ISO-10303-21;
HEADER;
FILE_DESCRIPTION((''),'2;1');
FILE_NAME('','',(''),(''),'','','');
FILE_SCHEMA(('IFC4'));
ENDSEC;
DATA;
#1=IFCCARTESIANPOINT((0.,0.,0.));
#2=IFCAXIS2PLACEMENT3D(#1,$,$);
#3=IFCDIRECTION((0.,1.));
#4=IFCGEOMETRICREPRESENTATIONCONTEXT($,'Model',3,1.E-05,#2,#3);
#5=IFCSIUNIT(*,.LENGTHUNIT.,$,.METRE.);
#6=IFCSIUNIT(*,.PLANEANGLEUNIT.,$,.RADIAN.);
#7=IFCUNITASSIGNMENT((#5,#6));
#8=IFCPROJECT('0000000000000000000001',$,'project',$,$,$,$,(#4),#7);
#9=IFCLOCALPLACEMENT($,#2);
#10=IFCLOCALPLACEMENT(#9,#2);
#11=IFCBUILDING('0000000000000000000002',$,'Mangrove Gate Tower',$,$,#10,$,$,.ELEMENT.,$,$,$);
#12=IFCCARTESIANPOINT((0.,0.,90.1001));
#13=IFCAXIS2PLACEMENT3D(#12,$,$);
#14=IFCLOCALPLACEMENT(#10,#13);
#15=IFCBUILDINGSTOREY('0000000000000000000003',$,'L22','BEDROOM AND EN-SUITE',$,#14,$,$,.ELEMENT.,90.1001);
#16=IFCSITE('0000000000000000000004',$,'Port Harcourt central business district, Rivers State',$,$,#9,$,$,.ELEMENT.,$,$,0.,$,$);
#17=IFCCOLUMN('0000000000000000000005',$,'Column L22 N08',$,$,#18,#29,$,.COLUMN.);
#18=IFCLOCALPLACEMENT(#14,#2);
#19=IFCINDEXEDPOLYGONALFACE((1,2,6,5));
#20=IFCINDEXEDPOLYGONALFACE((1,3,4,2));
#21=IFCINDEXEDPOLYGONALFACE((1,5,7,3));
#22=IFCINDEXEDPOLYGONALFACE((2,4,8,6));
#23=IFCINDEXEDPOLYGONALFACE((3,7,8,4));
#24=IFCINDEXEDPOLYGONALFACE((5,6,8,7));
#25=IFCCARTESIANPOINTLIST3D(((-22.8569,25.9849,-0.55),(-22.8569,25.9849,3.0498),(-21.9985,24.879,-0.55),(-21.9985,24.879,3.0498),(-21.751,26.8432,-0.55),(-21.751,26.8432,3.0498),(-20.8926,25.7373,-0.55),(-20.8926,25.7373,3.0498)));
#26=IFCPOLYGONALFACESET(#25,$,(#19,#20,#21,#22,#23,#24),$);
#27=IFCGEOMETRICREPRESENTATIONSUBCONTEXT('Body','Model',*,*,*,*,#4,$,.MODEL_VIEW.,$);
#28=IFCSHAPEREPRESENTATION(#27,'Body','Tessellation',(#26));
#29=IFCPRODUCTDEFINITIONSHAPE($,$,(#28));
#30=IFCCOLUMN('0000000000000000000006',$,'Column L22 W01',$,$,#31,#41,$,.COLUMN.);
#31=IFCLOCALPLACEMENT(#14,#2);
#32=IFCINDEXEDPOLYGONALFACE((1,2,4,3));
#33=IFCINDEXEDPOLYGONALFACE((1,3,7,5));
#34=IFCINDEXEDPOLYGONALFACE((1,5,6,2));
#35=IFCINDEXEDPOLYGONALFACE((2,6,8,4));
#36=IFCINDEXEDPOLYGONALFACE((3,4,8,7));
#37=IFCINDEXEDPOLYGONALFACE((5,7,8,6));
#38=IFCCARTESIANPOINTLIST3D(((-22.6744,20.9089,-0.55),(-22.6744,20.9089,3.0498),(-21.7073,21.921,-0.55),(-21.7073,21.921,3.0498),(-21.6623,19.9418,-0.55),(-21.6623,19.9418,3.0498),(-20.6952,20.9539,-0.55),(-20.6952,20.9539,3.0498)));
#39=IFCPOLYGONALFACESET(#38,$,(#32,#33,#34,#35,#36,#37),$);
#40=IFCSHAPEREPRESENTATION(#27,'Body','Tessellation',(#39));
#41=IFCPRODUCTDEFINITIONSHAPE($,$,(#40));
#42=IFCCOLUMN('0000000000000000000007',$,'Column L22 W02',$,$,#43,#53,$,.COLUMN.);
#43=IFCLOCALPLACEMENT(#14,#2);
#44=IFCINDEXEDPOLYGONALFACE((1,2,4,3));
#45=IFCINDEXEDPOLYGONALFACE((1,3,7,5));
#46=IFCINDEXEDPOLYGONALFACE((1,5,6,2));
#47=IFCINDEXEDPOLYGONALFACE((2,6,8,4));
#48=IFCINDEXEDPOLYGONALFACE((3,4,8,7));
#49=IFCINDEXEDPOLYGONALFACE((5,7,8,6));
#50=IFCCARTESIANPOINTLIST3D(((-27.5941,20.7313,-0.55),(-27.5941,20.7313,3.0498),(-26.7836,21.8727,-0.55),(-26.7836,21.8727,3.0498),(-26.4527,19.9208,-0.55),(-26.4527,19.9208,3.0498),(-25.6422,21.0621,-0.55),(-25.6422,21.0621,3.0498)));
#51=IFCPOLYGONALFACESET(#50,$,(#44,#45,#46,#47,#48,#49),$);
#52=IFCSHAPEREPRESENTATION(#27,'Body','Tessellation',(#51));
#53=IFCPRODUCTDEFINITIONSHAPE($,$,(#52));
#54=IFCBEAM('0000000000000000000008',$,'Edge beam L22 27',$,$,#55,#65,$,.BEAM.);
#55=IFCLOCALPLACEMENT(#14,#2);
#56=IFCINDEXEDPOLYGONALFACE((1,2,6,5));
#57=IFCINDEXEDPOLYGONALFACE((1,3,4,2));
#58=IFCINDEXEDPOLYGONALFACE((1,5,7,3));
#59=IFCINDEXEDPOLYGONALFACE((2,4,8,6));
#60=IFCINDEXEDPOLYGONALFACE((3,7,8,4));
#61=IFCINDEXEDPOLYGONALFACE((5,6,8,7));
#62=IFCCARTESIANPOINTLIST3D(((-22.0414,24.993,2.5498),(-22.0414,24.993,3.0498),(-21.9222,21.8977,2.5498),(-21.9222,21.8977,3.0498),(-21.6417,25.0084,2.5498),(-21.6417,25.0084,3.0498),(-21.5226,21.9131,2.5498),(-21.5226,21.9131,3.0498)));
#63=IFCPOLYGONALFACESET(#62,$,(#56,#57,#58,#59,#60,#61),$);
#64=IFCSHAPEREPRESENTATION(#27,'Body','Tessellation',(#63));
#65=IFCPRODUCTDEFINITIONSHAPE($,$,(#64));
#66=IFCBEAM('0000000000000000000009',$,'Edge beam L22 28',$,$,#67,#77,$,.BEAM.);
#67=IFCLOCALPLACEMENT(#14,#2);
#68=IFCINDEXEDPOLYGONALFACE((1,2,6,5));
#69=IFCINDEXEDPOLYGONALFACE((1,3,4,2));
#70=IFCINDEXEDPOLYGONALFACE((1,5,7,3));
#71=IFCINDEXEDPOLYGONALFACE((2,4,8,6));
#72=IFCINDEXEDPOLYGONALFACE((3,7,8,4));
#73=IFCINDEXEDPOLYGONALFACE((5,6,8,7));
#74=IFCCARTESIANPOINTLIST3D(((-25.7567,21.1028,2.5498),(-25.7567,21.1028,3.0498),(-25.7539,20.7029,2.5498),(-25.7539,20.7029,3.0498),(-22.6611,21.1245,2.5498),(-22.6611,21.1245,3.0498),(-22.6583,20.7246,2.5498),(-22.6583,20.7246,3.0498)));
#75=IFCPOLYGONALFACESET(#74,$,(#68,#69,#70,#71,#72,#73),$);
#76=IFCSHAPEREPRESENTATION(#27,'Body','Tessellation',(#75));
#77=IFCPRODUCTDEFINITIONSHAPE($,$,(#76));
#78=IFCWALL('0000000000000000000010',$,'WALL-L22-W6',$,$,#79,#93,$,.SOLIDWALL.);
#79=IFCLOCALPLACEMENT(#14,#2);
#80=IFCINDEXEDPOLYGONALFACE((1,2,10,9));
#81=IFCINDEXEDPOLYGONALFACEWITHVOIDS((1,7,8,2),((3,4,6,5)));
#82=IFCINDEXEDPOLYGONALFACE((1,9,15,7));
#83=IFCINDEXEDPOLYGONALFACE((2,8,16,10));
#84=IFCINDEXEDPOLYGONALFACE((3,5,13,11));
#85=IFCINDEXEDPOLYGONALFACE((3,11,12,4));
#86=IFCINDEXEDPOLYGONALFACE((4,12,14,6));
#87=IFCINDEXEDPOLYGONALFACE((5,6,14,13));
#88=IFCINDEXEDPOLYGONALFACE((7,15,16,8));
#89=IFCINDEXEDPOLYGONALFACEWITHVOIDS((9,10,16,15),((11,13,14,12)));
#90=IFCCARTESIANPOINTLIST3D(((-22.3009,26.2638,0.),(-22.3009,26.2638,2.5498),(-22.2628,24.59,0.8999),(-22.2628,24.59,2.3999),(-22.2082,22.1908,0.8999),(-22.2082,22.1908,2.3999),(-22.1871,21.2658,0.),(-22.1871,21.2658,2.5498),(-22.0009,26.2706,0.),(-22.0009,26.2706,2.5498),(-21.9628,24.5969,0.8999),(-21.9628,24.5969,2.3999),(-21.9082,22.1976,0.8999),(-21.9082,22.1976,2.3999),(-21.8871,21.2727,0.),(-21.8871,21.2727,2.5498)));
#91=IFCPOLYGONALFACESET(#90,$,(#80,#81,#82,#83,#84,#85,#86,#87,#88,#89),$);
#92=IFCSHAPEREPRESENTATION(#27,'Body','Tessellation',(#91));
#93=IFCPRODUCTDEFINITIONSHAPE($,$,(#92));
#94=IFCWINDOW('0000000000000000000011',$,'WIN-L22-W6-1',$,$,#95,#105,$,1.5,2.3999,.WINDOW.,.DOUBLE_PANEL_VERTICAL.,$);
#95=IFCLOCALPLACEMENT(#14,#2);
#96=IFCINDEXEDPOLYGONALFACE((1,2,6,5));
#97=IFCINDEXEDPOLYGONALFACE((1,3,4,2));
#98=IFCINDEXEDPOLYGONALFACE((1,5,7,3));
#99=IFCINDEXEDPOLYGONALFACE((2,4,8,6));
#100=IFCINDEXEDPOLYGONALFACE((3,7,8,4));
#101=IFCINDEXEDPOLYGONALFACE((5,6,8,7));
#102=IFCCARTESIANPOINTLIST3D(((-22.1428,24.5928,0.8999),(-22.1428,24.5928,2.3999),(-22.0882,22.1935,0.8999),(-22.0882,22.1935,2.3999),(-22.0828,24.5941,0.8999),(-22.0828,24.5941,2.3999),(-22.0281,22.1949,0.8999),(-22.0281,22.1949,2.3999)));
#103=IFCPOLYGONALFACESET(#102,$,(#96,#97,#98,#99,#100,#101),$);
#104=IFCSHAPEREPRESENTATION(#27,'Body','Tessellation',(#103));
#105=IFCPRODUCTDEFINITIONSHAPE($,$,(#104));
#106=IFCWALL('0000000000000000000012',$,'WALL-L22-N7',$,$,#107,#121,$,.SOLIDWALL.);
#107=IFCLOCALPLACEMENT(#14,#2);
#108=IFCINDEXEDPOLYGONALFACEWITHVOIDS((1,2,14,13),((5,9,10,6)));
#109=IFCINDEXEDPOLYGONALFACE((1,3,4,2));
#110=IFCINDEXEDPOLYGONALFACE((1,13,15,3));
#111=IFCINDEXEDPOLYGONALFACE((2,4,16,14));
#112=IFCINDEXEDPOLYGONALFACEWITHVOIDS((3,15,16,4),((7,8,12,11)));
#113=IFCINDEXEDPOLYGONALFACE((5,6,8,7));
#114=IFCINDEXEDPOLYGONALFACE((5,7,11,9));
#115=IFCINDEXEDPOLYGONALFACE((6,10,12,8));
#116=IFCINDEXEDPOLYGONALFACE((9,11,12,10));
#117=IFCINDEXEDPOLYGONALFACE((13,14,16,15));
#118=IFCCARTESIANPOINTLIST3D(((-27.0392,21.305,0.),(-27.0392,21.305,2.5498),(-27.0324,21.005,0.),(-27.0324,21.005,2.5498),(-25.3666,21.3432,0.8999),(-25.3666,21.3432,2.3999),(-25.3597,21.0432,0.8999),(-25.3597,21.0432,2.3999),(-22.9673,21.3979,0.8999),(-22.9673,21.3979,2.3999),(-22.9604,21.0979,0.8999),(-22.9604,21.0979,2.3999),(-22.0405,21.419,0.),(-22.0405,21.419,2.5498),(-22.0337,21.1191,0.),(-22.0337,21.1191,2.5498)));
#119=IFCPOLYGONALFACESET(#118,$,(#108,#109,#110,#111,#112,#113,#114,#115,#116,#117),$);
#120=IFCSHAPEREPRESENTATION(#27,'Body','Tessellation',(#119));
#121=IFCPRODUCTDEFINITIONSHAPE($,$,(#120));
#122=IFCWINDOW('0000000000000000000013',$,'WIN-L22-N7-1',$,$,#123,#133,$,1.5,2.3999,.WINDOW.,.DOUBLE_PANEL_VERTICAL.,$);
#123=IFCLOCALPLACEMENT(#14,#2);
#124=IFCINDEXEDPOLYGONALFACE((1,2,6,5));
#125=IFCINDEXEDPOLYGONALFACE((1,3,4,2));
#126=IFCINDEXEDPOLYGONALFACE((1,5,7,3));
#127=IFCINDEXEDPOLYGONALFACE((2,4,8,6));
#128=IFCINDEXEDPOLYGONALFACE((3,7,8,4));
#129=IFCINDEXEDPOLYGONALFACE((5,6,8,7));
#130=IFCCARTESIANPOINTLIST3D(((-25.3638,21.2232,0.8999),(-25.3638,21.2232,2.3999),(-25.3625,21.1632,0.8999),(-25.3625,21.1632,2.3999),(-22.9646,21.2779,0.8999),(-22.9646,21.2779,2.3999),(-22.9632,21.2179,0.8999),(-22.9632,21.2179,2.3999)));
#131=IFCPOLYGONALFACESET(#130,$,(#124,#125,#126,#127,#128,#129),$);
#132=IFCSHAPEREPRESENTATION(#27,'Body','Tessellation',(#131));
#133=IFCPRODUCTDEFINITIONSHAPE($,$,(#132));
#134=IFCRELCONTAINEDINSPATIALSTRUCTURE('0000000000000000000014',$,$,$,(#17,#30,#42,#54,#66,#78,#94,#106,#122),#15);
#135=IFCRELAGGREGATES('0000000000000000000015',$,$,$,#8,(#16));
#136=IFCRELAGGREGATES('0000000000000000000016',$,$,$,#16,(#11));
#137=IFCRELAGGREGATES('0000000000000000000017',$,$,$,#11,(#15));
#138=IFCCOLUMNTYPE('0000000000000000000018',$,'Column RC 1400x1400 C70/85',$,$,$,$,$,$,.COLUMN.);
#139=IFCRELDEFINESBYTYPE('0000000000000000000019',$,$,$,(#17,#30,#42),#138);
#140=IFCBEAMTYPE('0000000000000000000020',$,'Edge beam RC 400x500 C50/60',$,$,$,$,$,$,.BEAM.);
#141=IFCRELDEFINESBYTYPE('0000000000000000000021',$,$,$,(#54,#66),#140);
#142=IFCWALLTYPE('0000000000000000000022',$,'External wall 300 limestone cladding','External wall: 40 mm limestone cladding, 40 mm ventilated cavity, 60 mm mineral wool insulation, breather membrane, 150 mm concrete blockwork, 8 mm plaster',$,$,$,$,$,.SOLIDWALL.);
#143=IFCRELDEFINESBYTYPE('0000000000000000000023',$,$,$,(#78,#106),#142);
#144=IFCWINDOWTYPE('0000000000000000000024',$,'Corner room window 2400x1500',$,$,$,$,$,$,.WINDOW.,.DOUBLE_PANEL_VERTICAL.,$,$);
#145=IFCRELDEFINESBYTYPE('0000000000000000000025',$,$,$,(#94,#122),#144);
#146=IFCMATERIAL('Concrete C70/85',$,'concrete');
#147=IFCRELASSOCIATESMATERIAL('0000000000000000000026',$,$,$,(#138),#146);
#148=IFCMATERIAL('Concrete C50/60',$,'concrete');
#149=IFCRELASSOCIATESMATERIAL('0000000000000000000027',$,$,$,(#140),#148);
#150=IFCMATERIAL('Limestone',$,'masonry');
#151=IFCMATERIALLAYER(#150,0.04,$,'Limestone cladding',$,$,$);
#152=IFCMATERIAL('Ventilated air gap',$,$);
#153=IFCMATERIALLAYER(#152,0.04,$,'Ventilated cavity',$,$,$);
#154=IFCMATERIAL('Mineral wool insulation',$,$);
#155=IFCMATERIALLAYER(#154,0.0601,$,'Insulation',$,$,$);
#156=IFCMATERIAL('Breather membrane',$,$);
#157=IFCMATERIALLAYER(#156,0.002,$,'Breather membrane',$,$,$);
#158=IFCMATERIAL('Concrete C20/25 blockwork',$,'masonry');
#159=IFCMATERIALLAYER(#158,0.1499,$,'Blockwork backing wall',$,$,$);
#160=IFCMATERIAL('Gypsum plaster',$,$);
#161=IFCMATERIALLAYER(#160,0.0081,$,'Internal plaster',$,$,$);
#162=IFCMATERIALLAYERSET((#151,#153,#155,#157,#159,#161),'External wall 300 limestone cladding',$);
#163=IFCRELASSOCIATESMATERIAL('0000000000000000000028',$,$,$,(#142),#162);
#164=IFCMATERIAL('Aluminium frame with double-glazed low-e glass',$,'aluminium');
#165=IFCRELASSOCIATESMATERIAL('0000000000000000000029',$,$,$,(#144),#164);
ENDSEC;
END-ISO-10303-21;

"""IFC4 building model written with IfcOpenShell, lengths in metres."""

from ifc_helpers import new_model, si_unit, direction, frame, frame_2d, origin, origin_2d, place, context, subcontext, project, spatial, rectangle, extrude, material, layer, layer_set, material_profile, profile_set, type_object, element, fill, save


model = new_model("IFC4")

# Units and contexts
model_context = context("Model", 3, precision=1e-05, world=origin(), true_north=direction((0.0, 1.0)))
body_context = subcontext(model_context, "Body", "Model", "MODEL_VIEW")
ifc_project = project(units=[si_unit("LENGTHUNIT", "METRE"), si_unit("PLANEANGLEUNIT", "RADIAN")], contexts=[model_context])

# Site, building, storey
site_placement = place(None, origin())
site = spatial("IfcSite", under=ifc_project, at=site_placement, Name="Port Harcourt central business district, Rivers State", CompositionType="ELEMENT", RefElevation=0.0)
building_placement = place(site_placement, origin())
building = spatial("IfcBuilding", under=site, at=building_placement, Name="Mangrove Gate Tower", CompositionType="ELEMENT")
storey_placement = place(building_placement, frame((0.0, 0.0, 90.1001)))
storey = spatial("IfcBuildingStorey", under=building, at=storey_placement, Name="L22", Description="BEDROOM AND EN-SUITE", CompositionType="ELEMENT", Elevation=90.1001)

# Columns
ifc_material_1 = material(Name="Concrete C70/85", Category="concrete")
ifc_material_profile_1 = material_profile(ifc_material_1, rectangle(XDim=1.3999, YDim=1.3999, at=origin_2d()))
ifc_profile_set_1 = profile_set([ifc_material_profile_1], Name="Concrete C70/85")
column_type = type_object("IfcColumnType", Name="Column RC 1400x1400 C70/85", PredefinedType="COLUMN", material=ifc_profile_set_1)
for number, where, z_axis, x_axis, name in (
    (1, (-21.8748, 25.8611, -0.55), (0.0, 0.0, 1.0), (-0.78998, -0.613133, 0.0), "Column L22 N08"),
    (2, (-21.6848, 20.9314, -0.55), (0.0, 0.0, 1.0), (-0.690873, -0.722977, 0.0), "Column L22 W01"),
    (3, (-26.6182, 20.8967, -0.55), (0.0, 0.0, 1.0), (-0.578998, -0.815329, 0.0), "Column L22 W02"),
):
    element("IfcColumn", number, at=place(storey_placement, frame(where, z_axis=z_axis, x_axis=x_axis)), inside=storey, type_object=column_type, Name=name, PredefinedType="COLUMN", context=body_context, shape_type="SweptSolid", body=[
        extrude(rectangle(XDim=1.3999, YDim=1.3999, at=origin_2d()), origin(), (0.0, 0.0, 1.0), 3.5999),
    ])

# Beams
ifc_material_2 = material(Name="Concrete C50/60", Category="concrete")
ifc_material_profile_2 = material_profile(ifc_material_2, rectangle(XDim=0.3999, YDim=0.5, at=origin_2d()))
ifc_profile_set_2 = profile_set([ifc_material_profile_2], Name="Concrete C50/60")
beam_type = type_object("IfcBeamType", Name="Edge beam RC 400x500 C50/60", PredefinedType="BEAM", material=ifc_profile_set_2)
beam_1_placement = place(storey_placement, frame((-21.8416, 25.0007, 2.7998), z_axis=(0.03846, -0.99926, 0.0), x_axis=(0.99926, 0.03846, 0.0)))
element("IfcBeam", 4, at=beam_1_placement, inside=storey, type_object=beam_type, Name="Edge beam L22 27", PredefinedType="BEAM", context=body_context, shape_type="SweptSolid", body=[
    extrude(rectangle(XDim=0.3999, YDim=0.5, at=origin_2d()), origin(), (0.0, 0.0, 1.0), 3.0977),
])
beam_2_placement = place(storey_placement, frame((-22.6597, 20.9246, 2.7998), z_axis=(-0.999975, -0.007019, 0.0), x_axis=(0.007019, -0.999975, 0.0)))
element("IfcBeam", 5, at=beam_2_placement, inside=storey, type_object=beam_type, Name="Edge beam L22 28", PredefinedType="BEAM", context=body_context, shape_type="SweptSolid", body=[
    extrude(rectangle(XDim=0.3999, YDim=0.5, at=origin_2d()), origin(), (0.0, 0.0, 1.0), 3.0957),
])

# Walls, openings, windows
ifc_material_3 = material(Name="Limestone", Category="masonry")
ifc_layer_1 = layer(ifc_material_3, 0.04, Name="Limestone cladding")
ifc_material_4 = material(Name="Ventilated air gap")
ifc_layer_2 = layer(ifc_material_4, 0.04, Name="Ventilated cavity")
ifc_material_5 = material(Name="Mineral wool insulation")
ifc_layer_3 = layer(ifc_material_5, 0.0601, Name="Insulation")
ifc_material_6 = material(Name="Breather membrane")
ifc_layer_4 = layer(ifc_material_6, 0.002, Name="Breather membrane")
ifc_material_7 = material(Name="Concrete C20/25 blockwork", Category="masonry")
ifc_layer_5 = layer(ifc_material_7, 0.1499, Name="Blockwork backing wall")
ifc_material_8 = material(Name="Gypsum plaster")
ifc_layer_6 = layer(ifc_material_8, 0.0081, Name="Internal plaster")
ifc_layer_set = layer_set([ifc_layer_1, ifc_layer_2, ifc_layer_3, ifc_layer_4, ifc_layer_5, ifc_layer_6], Name="External wall 300 limestone cladding")
wall_type = type_object("IfcWallType", Name="External wall 300 limestone cladding", Description="External wall: 40 mm limestone cladding, 40 mm ventilated cavity, 60 mm mineral wool insulation, breather membrane, 150 mm concrete blockwork, 8 mm plaster", PredefinedType="SOLIDWALL", material=ifc_layer_set)
wall_1_placement = place(storey_placement, frame((-22.1509, 26.2671, 0.0), z_axis=(0.0, 0.0, 1.0), x_axis=(0.022757, -0.999741, 0.0)))
wall_1 = element("IfcWall", 6, at=wall_1_placement, inside=storey, type_object=wall_type, Name="WALL-L22-W6", PredefinedType="SOLIDWALL", context=body_context, shape_type="SweptSolid", body=[
    extrude(rectangle(XDim=4.9993, YDim=0.3, at=frame_2d((2.4995, 0.0))), origin(), (0.0, 0.0, 1.0), 2.5498),
])
opening_1_placement = place(wall_1_placement, frame((1.6741, 0.0, 0.8999)))
opening_1 = element("IfcOpeningElement", 7, at=opening_1_placement, cuts=wall_1, PredefinedType="OPENING", context=body_context, shape_type="SweptSolid", body=[
    extrude(rectangle(XDim=2.3999, YDim=1.5, at=frame_2d((1.2, 0.75))), frame((0.0, 0.1599, 0.0), z_axis=(0.0, -1.0, 0.0), x_axis=(1.0, 0.0, 0.0)), (0.0, 0.0, 1.0), 0.3201),
])
ifc_material_9 = material(Name="Aluminium frame with double-glazed low-e glass", Category="aluminium")
window_type = type_object("IfcWindowType", Name="Corner room window 2400x1500", PartitioningType="DOUBLE_PANEL_VERTICAL", PredefinedType="WINDOW", material=ifc_material_9)
window_1_placement = place(opening_1_placement, origin())
window_1 = element("IfcWindow", 8, at=window_1_placement, inside=storey, type_object=window_type, Name="WIN-L22-W6-1", OverallHeight=1.5, OverallWidth=2.3999, PartitioningType="DOUBLE_PANEL_VERTICAL", PredefinedType="WINDOW", context=body_context, shape_type="SweptSolid", body=[
    extrude(rectangle(XDim=2.3999, YDim=1.5, at=frame_2d((1.2, 0.75))), frame((0.0, 0.03, 0.0), z_axis=(0.0, -1.0, 0.0), x_axis=(1.0, 0.0, 0.0)), (0.0, 0.0, 1.0), 0.0601),
])
fill(opening_1, window_1)
wall_2_placement = place(storey_placement, frame((-22.0371, 21.269, 0.0), z_axis=(0.0, 0.0, 1.0), x_axis=(-0.99974, -0.022802, 0.0)))
wall_2 = element("IfcWall", 9, at=wall_2_placement, inside=storey, type_object=wall_type, Name="WALL-L22-N7", PredefinedType="SOLIDWALL", context=body_context, shape_type="SweptSolid", body=[
    extrude(rectangle(XDim=5.0, YDim=0.3, at=frame_2d((2.5, 0.0))), origin(), (0.0, 0.0, 1.0), 2.5498),
])
opening_2_placement = place(wall_2_placement, frame((0.927, 0.0, 0.8999)))
opening_2 = element("IfcOpeningElement", 10, at=opening_2_placement, cuts=wall_2, PredefinedType="OPENING", context=body_context, shape_type="SweptSolid", body=[
    extrude(rectangle(XDim=2.3999, YDim=1.5, at=frame_2d((1.2, 0.75))), frame((0.0, 0.1599, 0.0), z_axis=(0.0, -1.0, 0.0), x_axis=(1.0, 0.0, 0.0)), (0.0, 0.0, 1.0), 0.3201),
])
window_2_placement = place(opening_2_placement, origin())
window_2 = element("IfcWindow", 11, at=window_2_placement, inside=storey, type_object=window_type, Name="WIN-L22-N7-1", OverallHeight=1.5, OverallWidth=2.3999, PartitioningType="DOUBLE_PANEL_VERTICAL", PredefinedType="WINDOW", context=body_context, shape_type="SweptSolid", body=[
    extrude(rectangle(XDim=2.3999, YDim=1.5, at=frame_2d((1.2, 0.75))), frame((0.0, 0.03, 0.0), z_axis=(0.0, -1.0, 0.0), x_axis=(1.0, 0.0, 0.0)), (0.0, 0.0, 1.0), 0.0601),
])
fill(opening_2, window_2)

save(model, "model.ifc")
